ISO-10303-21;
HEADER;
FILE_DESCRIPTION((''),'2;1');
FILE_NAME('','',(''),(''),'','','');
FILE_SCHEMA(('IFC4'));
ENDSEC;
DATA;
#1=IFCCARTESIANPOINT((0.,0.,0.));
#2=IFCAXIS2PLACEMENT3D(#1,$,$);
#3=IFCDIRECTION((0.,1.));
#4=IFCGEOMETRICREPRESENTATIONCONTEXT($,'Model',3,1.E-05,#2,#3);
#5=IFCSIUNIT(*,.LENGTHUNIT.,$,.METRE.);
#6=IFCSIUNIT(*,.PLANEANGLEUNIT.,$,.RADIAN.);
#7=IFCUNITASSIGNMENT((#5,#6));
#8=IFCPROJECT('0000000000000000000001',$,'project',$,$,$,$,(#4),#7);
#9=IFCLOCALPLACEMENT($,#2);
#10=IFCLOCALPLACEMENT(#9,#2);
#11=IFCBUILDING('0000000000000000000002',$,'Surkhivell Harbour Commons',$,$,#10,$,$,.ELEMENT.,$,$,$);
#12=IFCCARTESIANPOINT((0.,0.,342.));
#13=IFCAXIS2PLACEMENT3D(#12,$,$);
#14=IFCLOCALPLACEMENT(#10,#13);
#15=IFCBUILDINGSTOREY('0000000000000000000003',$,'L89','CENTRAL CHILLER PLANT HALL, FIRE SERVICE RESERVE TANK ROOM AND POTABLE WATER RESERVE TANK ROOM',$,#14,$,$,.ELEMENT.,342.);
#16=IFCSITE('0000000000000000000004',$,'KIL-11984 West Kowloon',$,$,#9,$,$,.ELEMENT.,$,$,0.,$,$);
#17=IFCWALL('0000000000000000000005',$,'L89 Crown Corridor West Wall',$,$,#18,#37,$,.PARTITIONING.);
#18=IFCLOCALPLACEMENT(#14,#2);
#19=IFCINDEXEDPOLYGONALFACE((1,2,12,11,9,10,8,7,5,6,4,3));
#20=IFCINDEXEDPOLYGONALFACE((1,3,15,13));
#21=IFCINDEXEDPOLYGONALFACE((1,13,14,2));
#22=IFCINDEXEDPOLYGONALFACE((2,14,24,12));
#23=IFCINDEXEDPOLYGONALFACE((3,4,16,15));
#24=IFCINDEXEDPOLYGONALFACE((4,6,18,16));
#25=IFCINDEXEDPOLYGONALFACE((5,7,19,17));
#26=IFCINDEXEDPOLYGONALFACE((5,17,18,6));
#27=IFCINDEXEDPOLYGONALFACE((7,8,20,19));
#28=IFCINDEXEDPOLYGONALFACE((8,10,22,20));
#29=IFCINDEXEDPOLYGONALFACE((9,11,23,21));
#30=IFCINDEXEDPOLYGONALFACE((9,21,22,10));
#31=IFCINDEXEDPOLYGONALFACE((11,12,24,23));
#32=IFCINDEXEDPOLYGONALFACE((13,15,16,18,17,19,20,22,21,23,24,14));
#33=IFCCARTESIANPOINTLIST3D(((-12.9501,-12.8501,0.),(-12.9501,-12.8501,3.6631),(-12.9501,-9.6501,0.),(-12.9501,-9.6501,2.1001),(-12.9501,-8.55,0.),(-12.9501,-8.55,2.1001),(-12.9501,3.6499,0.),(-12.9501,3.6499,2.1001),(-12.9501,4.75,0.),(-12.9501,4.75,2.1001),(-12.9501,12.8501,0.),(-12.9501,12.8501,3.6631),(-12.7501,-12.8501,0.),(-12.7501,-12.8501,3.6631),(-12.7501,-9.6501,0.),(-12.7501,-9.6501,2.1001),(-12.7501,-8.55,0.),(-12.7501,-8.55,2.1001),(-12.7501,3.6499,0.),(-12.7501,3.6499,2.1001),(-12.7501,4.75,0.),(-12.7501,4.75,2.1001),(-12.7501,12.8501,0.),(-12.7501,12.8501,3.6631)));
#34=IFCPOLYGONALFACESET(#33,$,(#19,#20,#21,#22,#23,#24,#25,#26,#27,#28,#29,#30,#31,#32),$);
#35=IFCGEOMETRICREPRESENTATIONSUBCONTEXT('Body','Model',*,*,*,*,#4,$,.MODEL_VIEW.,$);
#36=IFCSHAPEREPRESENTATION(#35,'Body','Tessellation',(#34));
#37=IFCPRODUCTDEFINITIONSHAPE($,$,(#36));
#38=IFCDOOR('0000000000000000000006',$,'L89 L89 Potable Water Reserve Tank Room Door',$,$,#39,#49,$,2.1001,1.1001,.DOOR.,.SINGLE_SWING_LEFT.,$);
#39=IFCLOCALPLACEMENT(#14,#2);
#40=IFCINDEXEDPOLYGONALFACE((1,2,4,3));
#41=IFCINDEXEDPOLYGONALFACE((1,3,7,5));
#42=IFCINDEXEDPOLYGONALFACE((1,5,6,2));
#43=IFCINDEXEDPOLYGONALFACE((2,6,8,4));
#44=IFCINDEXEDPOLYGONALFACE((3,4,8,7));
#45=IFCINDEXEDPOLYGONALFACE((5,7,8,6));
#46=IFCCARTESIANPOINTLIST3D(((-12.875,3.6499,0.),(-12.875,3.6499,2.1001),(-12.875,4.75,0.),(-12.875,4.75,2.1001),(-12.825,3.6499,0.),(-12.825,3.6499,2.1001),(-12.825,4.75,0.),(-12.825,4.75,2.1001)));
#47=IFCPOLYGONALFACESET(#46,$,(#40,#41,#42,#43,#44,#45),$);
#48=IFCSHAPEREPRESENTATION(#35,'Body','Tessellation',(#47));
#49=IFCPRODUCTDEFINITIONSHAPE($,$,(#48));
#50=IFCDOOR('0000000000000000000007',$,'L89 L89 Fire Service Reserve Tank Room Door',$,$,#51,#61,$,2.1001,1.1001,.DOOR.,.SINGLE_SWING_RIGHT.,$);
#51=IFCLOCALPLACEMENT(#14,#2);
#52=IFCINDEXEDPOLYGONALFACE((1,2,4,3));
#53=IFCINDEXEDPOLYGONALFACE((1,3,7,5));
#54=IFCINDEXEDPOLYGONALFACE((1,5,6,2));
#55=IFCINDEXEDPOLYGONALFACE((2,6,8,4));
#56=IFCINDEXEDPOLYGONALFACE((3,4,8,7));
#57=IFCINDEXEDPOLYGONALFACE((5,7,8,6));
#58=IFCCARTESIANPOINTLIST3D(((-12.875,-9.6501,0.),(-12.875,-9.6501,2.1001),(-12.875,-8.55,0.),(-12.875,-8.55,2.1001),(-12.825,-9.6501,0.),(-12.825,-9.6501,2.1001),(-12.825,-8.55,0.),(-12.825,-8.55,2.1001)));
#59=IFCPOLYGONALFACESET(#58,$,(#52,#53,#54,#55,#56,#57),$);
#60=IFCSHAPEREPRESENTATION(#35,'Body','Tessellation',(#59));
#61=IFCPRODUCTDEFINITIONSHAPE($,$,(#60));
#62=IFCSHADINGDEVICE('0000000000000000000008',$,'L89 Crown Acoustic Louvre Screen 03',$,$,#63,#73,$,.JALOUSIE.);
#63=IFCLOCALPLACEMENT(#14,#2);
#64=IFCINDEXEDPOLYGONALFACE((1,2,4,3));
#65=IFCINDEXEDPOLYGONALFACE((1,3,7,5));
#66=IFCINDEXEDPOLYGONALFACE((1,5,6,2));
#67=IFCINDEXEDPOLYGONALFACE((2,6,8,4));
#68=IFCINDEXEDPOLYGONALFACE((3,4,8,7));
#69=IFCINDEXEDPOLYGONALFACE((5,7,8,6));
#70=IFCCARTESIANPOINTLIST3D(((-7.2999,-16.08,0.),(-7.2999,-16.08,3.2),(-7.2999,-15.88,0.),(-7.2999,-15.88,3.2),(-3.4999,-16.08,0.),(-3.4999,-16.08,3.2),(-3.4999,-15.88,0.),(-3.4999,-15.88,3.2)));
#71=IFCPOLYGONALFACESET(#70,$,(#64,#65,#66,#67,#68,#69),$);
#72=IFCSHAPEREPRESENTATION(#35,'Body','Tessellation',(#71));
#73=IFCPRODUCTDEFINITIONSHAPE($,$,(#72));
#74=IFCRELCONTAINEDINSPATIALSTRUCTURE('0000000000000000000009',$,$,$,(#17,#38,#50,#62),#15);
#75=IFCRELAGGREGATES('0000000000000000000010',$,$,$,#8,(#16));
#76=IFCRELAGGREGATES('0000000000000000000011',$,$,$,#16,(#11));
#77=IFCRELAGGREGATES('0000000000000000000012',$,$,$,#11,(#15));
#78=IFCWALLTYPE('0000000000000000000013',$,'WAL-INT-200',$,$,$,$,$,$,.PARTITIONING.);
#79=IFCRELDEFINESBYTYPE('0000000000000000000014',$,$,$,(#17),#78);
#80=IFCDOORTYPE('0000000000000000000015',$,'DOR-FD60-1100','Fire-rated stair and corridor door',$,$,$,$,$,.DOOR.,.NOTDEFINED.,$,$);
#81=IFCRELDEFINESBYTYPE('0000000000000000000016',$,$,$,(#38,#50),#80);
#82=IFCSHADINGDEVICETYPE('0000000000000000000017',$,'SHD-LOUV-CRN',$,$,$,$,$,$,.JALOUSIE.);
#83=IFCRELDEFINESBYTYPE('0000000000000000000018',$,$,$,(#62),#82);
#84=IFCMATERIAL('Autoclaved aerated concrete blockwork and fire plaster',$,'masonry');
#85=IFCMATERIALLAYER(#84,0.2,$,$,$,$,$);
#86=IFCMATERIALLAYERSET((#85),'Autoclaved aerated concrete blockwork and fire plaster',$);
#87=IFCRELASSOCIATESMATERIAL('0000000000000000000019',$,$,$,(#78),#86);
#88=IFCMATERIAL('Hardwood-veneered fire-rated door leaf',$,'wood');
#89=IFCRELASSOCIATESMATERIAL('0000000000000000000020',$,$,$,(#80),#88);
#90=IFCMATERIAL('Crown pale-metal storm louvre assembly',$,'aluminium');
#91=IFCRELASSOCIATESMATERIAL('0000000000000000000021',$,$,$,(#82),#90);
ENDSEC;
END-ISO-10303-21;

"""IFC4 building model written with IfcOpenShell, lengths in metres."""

from ifc_helpers import new_model, si_unit, direction, frame, frame_2d, origin, origin_2d, place, context, subcontext, project, spatial, rectangle, extrude, material, layer, layer_set, type_object, element, fill, save


model = new_model("IFC4")

# Units and contexts
model_context = context("Model", 3, precision=1e-05, world=origin(), true_north=direction((0.0, 1.0)))
body_context = subcontext(model_context, "Body", "Model", "MODEL_VIEW")
ifc_project = project(units=[si_unit("LENGTHUNIT", "METRE"), si_unit("PLANEANGLEUNIT", "RADIAN")], contexts=[model_context])

# Site, building, storey
site_placement = place(None, origin())
site = spatial("IfcSite", under=ifc_project, at=site_placement, Name="KIL-11984 West Kowloon", CompositionType="ELEMENT", RefElevation=0.0)
building_placement = place(site_placement, origin())
building = spatial("IfcBuilding", under=site, at=building_placement, Name="Surkhivell Harbour Commons", CompositionType="ELEMENT")
storey_placement = place(building_placement, frame((0.0, 0.0, 342.0)))
storey = spatial("IfcBuildingStorey", under=building, at=storey_placement, Name="L89", Description="CENTRAL CHILLER PLANT HALL, FIRE SERVICE RESERVE TANK ROOM AND POTABLE WATER RESERVE TANK ROOM", CompositionType="ELEMENT", Elevation=342.0)

# Shared definitions
ifc_material_1 = material(Name="Autoclaved aerated concrete blockwork and fire plaster", Category="masonry")
ifc_layer_1 = layer(ifc_material_1, 0.2)
ifc_layer_set_1 = layer_set([ifc_layer_1], Name="Autoclaved aerated concrete blockwork and fire plaster")
wall_type_1 = type_object("IfcWallType", Name="WAL-INT-200", PredefinedType="PARTITIONING", material=ifc_layer_set_1)

# Wall, openings, doors
ifc_material_2 = material(Name="Hardwood-veneered fire-rated door leaf", Category="wood")
door_type = type_object("IfcDoorType", Name="DOR-FD60-1100", Description="Fire-rated stair and corridor door", OperationType="NOTDEFINED", PredefinedType="DOOR", material=ifc_material_2)
wall_1_placement = place(storey_placement, frame((-12.8501, -12.8501, 0.0), z_axis=(0.0, 0.0, 1.0), x_axis=(0.0, 1.0, 0.0)))
wall_1 = element("IfcWall", 1, at=wall_1_placement, inside=storey, type_object=wall_type_1, Name="L89 Crown Corridor West Wall", PredefinedType="PARTITIONING", context=body_context, shape_type="SweptSolid", body=[
    extrude(rectangle(XDim=25.7002, YDim=0.2, at=frame_2d((12.8501, 0.0))), origin(), (0.0, 0.0, 1.0), 3.6631),
])
opening_1_placement = place(wall_1_placement, frame((16.5, 0.0, 0.0)))
opening_1 = element("IfcOpeningElement", 2, at=opening_1_placement, cuts=wall_1, PredefinedType="OPENING", context=body_context, shape_type="SweptSolid", body=[
    extrude(rectangle(XDim=1.1001, YDim=2.1001, at=frame_2d((0.55, 1.05))), frame((0.0, 0.1099, 0.0), z_axis=(0.0, -1.0, 0.0), x_axis=(1.0, 0.0, 0.0)), (0.0, 0.0, 1.0), 0.22),
])
opening_2_placement = place(wall_1_placement, frame((3.2, 0.0, 0.0)))
opening_2 = element("IfcOpeningElement", 3, at=opening_2_placement, cuts=wall_1, PredefinedType="OPENING", context=body_context, shape_type="SweptSolid", body=[
    extrude(rectangle(XDim=1.1001, YDim=2.1001, at=frame_2d((0.55, 1.05))), frame((0.0, 0.1099, 0.0), z_axis=(0.0, -1.0, 0.0), x_axis=(1.0, 0.0, 0.0)), (0.0, 0.0, 1.0), 0.22),
])
door_1_placement = place(opening_1_placement, origin())
door_1 = element("IfcDoor", 4, at=door_1_placement, inside=storey, type_object=door_type, Name="L89 L89 Potable Water Reserve Tank Room Door", OperationType="SINGLE_SWING_LEFT", OverallHeight=2.1001, OverallWidth=1.1001, PredefinedType="DOOR", context=body_context, shape_type="SweptSolid", body=[
    extrude(rectangle(XDim=1.1001, YDim=2.1001, at=frame_2d((0.55, 1.05))), frame((0.0, 0.0249, 0.0), z_axis=(0.0, -1.0, 0.0), x_axis=(1.0, 0.0, 0.0)), (0.0, 0.0, 1.0), 0.05),
])
fill(opening_1, door_1)
door_2_placement = place(opening_2_placement, origin())
door_2 = element("IfcDoor", 5, at=door_2_placement, inside=storey, type_object=door_type, Name="L89 L89 Fire Service Reserve Tank Room Door", OperationType="SINGLE_SWING_RIGHT", OverallHeight=2.1001, OverallWidth=1.1001, PredefinedType="DOOR", context=body_context, shape_type="SweptSolid", body=[
    extrude(rectangle(XDim=1.1001, YDim=2.1001, at=frame_2d((0.55, 1.05))), frame((0.0, 0.0249, 0.0), z_axis=(0.0, -1.0, 0.0), x_axis=(1.0, 0.0, 0.0)), (0.0, 0.0, 1.0), 0.05),
])
fill(opening_2, door_2)

# Shading device
ifc_material_3 = material(Name="Crown pale-metal storm louvre assembly", Category="aluminium")
shading_device_type = type_object("IfcShadingDeviceType", Name="SHD-LOUV-CRN", PredefinedType="JALOUSIE", material=ifc_material_3)
shading_device_placement = place(storey_placement, frame((-5.3999, -15.98, 0.0), z_axis=(0.0, 0.0, 1.0), x_axis=(1.0, 0.0, 0.0)))
element("IfcShadingDevice", 6, at=shading_device_placement, inside=storey, type_object=shading_device_type, Name="L89 Crown Acoustic Louvre Screen 03", PredefinedType="JALOUSIE", context=body_context, shape_type="SweptSolid", body=[
    extrude(rectangle(XDim=3.8, YDim=0.2, at=origin_2d()), origin(), (0.0, 0.0, 1.0), 3.2),
])

save(model, "model.ifc")
